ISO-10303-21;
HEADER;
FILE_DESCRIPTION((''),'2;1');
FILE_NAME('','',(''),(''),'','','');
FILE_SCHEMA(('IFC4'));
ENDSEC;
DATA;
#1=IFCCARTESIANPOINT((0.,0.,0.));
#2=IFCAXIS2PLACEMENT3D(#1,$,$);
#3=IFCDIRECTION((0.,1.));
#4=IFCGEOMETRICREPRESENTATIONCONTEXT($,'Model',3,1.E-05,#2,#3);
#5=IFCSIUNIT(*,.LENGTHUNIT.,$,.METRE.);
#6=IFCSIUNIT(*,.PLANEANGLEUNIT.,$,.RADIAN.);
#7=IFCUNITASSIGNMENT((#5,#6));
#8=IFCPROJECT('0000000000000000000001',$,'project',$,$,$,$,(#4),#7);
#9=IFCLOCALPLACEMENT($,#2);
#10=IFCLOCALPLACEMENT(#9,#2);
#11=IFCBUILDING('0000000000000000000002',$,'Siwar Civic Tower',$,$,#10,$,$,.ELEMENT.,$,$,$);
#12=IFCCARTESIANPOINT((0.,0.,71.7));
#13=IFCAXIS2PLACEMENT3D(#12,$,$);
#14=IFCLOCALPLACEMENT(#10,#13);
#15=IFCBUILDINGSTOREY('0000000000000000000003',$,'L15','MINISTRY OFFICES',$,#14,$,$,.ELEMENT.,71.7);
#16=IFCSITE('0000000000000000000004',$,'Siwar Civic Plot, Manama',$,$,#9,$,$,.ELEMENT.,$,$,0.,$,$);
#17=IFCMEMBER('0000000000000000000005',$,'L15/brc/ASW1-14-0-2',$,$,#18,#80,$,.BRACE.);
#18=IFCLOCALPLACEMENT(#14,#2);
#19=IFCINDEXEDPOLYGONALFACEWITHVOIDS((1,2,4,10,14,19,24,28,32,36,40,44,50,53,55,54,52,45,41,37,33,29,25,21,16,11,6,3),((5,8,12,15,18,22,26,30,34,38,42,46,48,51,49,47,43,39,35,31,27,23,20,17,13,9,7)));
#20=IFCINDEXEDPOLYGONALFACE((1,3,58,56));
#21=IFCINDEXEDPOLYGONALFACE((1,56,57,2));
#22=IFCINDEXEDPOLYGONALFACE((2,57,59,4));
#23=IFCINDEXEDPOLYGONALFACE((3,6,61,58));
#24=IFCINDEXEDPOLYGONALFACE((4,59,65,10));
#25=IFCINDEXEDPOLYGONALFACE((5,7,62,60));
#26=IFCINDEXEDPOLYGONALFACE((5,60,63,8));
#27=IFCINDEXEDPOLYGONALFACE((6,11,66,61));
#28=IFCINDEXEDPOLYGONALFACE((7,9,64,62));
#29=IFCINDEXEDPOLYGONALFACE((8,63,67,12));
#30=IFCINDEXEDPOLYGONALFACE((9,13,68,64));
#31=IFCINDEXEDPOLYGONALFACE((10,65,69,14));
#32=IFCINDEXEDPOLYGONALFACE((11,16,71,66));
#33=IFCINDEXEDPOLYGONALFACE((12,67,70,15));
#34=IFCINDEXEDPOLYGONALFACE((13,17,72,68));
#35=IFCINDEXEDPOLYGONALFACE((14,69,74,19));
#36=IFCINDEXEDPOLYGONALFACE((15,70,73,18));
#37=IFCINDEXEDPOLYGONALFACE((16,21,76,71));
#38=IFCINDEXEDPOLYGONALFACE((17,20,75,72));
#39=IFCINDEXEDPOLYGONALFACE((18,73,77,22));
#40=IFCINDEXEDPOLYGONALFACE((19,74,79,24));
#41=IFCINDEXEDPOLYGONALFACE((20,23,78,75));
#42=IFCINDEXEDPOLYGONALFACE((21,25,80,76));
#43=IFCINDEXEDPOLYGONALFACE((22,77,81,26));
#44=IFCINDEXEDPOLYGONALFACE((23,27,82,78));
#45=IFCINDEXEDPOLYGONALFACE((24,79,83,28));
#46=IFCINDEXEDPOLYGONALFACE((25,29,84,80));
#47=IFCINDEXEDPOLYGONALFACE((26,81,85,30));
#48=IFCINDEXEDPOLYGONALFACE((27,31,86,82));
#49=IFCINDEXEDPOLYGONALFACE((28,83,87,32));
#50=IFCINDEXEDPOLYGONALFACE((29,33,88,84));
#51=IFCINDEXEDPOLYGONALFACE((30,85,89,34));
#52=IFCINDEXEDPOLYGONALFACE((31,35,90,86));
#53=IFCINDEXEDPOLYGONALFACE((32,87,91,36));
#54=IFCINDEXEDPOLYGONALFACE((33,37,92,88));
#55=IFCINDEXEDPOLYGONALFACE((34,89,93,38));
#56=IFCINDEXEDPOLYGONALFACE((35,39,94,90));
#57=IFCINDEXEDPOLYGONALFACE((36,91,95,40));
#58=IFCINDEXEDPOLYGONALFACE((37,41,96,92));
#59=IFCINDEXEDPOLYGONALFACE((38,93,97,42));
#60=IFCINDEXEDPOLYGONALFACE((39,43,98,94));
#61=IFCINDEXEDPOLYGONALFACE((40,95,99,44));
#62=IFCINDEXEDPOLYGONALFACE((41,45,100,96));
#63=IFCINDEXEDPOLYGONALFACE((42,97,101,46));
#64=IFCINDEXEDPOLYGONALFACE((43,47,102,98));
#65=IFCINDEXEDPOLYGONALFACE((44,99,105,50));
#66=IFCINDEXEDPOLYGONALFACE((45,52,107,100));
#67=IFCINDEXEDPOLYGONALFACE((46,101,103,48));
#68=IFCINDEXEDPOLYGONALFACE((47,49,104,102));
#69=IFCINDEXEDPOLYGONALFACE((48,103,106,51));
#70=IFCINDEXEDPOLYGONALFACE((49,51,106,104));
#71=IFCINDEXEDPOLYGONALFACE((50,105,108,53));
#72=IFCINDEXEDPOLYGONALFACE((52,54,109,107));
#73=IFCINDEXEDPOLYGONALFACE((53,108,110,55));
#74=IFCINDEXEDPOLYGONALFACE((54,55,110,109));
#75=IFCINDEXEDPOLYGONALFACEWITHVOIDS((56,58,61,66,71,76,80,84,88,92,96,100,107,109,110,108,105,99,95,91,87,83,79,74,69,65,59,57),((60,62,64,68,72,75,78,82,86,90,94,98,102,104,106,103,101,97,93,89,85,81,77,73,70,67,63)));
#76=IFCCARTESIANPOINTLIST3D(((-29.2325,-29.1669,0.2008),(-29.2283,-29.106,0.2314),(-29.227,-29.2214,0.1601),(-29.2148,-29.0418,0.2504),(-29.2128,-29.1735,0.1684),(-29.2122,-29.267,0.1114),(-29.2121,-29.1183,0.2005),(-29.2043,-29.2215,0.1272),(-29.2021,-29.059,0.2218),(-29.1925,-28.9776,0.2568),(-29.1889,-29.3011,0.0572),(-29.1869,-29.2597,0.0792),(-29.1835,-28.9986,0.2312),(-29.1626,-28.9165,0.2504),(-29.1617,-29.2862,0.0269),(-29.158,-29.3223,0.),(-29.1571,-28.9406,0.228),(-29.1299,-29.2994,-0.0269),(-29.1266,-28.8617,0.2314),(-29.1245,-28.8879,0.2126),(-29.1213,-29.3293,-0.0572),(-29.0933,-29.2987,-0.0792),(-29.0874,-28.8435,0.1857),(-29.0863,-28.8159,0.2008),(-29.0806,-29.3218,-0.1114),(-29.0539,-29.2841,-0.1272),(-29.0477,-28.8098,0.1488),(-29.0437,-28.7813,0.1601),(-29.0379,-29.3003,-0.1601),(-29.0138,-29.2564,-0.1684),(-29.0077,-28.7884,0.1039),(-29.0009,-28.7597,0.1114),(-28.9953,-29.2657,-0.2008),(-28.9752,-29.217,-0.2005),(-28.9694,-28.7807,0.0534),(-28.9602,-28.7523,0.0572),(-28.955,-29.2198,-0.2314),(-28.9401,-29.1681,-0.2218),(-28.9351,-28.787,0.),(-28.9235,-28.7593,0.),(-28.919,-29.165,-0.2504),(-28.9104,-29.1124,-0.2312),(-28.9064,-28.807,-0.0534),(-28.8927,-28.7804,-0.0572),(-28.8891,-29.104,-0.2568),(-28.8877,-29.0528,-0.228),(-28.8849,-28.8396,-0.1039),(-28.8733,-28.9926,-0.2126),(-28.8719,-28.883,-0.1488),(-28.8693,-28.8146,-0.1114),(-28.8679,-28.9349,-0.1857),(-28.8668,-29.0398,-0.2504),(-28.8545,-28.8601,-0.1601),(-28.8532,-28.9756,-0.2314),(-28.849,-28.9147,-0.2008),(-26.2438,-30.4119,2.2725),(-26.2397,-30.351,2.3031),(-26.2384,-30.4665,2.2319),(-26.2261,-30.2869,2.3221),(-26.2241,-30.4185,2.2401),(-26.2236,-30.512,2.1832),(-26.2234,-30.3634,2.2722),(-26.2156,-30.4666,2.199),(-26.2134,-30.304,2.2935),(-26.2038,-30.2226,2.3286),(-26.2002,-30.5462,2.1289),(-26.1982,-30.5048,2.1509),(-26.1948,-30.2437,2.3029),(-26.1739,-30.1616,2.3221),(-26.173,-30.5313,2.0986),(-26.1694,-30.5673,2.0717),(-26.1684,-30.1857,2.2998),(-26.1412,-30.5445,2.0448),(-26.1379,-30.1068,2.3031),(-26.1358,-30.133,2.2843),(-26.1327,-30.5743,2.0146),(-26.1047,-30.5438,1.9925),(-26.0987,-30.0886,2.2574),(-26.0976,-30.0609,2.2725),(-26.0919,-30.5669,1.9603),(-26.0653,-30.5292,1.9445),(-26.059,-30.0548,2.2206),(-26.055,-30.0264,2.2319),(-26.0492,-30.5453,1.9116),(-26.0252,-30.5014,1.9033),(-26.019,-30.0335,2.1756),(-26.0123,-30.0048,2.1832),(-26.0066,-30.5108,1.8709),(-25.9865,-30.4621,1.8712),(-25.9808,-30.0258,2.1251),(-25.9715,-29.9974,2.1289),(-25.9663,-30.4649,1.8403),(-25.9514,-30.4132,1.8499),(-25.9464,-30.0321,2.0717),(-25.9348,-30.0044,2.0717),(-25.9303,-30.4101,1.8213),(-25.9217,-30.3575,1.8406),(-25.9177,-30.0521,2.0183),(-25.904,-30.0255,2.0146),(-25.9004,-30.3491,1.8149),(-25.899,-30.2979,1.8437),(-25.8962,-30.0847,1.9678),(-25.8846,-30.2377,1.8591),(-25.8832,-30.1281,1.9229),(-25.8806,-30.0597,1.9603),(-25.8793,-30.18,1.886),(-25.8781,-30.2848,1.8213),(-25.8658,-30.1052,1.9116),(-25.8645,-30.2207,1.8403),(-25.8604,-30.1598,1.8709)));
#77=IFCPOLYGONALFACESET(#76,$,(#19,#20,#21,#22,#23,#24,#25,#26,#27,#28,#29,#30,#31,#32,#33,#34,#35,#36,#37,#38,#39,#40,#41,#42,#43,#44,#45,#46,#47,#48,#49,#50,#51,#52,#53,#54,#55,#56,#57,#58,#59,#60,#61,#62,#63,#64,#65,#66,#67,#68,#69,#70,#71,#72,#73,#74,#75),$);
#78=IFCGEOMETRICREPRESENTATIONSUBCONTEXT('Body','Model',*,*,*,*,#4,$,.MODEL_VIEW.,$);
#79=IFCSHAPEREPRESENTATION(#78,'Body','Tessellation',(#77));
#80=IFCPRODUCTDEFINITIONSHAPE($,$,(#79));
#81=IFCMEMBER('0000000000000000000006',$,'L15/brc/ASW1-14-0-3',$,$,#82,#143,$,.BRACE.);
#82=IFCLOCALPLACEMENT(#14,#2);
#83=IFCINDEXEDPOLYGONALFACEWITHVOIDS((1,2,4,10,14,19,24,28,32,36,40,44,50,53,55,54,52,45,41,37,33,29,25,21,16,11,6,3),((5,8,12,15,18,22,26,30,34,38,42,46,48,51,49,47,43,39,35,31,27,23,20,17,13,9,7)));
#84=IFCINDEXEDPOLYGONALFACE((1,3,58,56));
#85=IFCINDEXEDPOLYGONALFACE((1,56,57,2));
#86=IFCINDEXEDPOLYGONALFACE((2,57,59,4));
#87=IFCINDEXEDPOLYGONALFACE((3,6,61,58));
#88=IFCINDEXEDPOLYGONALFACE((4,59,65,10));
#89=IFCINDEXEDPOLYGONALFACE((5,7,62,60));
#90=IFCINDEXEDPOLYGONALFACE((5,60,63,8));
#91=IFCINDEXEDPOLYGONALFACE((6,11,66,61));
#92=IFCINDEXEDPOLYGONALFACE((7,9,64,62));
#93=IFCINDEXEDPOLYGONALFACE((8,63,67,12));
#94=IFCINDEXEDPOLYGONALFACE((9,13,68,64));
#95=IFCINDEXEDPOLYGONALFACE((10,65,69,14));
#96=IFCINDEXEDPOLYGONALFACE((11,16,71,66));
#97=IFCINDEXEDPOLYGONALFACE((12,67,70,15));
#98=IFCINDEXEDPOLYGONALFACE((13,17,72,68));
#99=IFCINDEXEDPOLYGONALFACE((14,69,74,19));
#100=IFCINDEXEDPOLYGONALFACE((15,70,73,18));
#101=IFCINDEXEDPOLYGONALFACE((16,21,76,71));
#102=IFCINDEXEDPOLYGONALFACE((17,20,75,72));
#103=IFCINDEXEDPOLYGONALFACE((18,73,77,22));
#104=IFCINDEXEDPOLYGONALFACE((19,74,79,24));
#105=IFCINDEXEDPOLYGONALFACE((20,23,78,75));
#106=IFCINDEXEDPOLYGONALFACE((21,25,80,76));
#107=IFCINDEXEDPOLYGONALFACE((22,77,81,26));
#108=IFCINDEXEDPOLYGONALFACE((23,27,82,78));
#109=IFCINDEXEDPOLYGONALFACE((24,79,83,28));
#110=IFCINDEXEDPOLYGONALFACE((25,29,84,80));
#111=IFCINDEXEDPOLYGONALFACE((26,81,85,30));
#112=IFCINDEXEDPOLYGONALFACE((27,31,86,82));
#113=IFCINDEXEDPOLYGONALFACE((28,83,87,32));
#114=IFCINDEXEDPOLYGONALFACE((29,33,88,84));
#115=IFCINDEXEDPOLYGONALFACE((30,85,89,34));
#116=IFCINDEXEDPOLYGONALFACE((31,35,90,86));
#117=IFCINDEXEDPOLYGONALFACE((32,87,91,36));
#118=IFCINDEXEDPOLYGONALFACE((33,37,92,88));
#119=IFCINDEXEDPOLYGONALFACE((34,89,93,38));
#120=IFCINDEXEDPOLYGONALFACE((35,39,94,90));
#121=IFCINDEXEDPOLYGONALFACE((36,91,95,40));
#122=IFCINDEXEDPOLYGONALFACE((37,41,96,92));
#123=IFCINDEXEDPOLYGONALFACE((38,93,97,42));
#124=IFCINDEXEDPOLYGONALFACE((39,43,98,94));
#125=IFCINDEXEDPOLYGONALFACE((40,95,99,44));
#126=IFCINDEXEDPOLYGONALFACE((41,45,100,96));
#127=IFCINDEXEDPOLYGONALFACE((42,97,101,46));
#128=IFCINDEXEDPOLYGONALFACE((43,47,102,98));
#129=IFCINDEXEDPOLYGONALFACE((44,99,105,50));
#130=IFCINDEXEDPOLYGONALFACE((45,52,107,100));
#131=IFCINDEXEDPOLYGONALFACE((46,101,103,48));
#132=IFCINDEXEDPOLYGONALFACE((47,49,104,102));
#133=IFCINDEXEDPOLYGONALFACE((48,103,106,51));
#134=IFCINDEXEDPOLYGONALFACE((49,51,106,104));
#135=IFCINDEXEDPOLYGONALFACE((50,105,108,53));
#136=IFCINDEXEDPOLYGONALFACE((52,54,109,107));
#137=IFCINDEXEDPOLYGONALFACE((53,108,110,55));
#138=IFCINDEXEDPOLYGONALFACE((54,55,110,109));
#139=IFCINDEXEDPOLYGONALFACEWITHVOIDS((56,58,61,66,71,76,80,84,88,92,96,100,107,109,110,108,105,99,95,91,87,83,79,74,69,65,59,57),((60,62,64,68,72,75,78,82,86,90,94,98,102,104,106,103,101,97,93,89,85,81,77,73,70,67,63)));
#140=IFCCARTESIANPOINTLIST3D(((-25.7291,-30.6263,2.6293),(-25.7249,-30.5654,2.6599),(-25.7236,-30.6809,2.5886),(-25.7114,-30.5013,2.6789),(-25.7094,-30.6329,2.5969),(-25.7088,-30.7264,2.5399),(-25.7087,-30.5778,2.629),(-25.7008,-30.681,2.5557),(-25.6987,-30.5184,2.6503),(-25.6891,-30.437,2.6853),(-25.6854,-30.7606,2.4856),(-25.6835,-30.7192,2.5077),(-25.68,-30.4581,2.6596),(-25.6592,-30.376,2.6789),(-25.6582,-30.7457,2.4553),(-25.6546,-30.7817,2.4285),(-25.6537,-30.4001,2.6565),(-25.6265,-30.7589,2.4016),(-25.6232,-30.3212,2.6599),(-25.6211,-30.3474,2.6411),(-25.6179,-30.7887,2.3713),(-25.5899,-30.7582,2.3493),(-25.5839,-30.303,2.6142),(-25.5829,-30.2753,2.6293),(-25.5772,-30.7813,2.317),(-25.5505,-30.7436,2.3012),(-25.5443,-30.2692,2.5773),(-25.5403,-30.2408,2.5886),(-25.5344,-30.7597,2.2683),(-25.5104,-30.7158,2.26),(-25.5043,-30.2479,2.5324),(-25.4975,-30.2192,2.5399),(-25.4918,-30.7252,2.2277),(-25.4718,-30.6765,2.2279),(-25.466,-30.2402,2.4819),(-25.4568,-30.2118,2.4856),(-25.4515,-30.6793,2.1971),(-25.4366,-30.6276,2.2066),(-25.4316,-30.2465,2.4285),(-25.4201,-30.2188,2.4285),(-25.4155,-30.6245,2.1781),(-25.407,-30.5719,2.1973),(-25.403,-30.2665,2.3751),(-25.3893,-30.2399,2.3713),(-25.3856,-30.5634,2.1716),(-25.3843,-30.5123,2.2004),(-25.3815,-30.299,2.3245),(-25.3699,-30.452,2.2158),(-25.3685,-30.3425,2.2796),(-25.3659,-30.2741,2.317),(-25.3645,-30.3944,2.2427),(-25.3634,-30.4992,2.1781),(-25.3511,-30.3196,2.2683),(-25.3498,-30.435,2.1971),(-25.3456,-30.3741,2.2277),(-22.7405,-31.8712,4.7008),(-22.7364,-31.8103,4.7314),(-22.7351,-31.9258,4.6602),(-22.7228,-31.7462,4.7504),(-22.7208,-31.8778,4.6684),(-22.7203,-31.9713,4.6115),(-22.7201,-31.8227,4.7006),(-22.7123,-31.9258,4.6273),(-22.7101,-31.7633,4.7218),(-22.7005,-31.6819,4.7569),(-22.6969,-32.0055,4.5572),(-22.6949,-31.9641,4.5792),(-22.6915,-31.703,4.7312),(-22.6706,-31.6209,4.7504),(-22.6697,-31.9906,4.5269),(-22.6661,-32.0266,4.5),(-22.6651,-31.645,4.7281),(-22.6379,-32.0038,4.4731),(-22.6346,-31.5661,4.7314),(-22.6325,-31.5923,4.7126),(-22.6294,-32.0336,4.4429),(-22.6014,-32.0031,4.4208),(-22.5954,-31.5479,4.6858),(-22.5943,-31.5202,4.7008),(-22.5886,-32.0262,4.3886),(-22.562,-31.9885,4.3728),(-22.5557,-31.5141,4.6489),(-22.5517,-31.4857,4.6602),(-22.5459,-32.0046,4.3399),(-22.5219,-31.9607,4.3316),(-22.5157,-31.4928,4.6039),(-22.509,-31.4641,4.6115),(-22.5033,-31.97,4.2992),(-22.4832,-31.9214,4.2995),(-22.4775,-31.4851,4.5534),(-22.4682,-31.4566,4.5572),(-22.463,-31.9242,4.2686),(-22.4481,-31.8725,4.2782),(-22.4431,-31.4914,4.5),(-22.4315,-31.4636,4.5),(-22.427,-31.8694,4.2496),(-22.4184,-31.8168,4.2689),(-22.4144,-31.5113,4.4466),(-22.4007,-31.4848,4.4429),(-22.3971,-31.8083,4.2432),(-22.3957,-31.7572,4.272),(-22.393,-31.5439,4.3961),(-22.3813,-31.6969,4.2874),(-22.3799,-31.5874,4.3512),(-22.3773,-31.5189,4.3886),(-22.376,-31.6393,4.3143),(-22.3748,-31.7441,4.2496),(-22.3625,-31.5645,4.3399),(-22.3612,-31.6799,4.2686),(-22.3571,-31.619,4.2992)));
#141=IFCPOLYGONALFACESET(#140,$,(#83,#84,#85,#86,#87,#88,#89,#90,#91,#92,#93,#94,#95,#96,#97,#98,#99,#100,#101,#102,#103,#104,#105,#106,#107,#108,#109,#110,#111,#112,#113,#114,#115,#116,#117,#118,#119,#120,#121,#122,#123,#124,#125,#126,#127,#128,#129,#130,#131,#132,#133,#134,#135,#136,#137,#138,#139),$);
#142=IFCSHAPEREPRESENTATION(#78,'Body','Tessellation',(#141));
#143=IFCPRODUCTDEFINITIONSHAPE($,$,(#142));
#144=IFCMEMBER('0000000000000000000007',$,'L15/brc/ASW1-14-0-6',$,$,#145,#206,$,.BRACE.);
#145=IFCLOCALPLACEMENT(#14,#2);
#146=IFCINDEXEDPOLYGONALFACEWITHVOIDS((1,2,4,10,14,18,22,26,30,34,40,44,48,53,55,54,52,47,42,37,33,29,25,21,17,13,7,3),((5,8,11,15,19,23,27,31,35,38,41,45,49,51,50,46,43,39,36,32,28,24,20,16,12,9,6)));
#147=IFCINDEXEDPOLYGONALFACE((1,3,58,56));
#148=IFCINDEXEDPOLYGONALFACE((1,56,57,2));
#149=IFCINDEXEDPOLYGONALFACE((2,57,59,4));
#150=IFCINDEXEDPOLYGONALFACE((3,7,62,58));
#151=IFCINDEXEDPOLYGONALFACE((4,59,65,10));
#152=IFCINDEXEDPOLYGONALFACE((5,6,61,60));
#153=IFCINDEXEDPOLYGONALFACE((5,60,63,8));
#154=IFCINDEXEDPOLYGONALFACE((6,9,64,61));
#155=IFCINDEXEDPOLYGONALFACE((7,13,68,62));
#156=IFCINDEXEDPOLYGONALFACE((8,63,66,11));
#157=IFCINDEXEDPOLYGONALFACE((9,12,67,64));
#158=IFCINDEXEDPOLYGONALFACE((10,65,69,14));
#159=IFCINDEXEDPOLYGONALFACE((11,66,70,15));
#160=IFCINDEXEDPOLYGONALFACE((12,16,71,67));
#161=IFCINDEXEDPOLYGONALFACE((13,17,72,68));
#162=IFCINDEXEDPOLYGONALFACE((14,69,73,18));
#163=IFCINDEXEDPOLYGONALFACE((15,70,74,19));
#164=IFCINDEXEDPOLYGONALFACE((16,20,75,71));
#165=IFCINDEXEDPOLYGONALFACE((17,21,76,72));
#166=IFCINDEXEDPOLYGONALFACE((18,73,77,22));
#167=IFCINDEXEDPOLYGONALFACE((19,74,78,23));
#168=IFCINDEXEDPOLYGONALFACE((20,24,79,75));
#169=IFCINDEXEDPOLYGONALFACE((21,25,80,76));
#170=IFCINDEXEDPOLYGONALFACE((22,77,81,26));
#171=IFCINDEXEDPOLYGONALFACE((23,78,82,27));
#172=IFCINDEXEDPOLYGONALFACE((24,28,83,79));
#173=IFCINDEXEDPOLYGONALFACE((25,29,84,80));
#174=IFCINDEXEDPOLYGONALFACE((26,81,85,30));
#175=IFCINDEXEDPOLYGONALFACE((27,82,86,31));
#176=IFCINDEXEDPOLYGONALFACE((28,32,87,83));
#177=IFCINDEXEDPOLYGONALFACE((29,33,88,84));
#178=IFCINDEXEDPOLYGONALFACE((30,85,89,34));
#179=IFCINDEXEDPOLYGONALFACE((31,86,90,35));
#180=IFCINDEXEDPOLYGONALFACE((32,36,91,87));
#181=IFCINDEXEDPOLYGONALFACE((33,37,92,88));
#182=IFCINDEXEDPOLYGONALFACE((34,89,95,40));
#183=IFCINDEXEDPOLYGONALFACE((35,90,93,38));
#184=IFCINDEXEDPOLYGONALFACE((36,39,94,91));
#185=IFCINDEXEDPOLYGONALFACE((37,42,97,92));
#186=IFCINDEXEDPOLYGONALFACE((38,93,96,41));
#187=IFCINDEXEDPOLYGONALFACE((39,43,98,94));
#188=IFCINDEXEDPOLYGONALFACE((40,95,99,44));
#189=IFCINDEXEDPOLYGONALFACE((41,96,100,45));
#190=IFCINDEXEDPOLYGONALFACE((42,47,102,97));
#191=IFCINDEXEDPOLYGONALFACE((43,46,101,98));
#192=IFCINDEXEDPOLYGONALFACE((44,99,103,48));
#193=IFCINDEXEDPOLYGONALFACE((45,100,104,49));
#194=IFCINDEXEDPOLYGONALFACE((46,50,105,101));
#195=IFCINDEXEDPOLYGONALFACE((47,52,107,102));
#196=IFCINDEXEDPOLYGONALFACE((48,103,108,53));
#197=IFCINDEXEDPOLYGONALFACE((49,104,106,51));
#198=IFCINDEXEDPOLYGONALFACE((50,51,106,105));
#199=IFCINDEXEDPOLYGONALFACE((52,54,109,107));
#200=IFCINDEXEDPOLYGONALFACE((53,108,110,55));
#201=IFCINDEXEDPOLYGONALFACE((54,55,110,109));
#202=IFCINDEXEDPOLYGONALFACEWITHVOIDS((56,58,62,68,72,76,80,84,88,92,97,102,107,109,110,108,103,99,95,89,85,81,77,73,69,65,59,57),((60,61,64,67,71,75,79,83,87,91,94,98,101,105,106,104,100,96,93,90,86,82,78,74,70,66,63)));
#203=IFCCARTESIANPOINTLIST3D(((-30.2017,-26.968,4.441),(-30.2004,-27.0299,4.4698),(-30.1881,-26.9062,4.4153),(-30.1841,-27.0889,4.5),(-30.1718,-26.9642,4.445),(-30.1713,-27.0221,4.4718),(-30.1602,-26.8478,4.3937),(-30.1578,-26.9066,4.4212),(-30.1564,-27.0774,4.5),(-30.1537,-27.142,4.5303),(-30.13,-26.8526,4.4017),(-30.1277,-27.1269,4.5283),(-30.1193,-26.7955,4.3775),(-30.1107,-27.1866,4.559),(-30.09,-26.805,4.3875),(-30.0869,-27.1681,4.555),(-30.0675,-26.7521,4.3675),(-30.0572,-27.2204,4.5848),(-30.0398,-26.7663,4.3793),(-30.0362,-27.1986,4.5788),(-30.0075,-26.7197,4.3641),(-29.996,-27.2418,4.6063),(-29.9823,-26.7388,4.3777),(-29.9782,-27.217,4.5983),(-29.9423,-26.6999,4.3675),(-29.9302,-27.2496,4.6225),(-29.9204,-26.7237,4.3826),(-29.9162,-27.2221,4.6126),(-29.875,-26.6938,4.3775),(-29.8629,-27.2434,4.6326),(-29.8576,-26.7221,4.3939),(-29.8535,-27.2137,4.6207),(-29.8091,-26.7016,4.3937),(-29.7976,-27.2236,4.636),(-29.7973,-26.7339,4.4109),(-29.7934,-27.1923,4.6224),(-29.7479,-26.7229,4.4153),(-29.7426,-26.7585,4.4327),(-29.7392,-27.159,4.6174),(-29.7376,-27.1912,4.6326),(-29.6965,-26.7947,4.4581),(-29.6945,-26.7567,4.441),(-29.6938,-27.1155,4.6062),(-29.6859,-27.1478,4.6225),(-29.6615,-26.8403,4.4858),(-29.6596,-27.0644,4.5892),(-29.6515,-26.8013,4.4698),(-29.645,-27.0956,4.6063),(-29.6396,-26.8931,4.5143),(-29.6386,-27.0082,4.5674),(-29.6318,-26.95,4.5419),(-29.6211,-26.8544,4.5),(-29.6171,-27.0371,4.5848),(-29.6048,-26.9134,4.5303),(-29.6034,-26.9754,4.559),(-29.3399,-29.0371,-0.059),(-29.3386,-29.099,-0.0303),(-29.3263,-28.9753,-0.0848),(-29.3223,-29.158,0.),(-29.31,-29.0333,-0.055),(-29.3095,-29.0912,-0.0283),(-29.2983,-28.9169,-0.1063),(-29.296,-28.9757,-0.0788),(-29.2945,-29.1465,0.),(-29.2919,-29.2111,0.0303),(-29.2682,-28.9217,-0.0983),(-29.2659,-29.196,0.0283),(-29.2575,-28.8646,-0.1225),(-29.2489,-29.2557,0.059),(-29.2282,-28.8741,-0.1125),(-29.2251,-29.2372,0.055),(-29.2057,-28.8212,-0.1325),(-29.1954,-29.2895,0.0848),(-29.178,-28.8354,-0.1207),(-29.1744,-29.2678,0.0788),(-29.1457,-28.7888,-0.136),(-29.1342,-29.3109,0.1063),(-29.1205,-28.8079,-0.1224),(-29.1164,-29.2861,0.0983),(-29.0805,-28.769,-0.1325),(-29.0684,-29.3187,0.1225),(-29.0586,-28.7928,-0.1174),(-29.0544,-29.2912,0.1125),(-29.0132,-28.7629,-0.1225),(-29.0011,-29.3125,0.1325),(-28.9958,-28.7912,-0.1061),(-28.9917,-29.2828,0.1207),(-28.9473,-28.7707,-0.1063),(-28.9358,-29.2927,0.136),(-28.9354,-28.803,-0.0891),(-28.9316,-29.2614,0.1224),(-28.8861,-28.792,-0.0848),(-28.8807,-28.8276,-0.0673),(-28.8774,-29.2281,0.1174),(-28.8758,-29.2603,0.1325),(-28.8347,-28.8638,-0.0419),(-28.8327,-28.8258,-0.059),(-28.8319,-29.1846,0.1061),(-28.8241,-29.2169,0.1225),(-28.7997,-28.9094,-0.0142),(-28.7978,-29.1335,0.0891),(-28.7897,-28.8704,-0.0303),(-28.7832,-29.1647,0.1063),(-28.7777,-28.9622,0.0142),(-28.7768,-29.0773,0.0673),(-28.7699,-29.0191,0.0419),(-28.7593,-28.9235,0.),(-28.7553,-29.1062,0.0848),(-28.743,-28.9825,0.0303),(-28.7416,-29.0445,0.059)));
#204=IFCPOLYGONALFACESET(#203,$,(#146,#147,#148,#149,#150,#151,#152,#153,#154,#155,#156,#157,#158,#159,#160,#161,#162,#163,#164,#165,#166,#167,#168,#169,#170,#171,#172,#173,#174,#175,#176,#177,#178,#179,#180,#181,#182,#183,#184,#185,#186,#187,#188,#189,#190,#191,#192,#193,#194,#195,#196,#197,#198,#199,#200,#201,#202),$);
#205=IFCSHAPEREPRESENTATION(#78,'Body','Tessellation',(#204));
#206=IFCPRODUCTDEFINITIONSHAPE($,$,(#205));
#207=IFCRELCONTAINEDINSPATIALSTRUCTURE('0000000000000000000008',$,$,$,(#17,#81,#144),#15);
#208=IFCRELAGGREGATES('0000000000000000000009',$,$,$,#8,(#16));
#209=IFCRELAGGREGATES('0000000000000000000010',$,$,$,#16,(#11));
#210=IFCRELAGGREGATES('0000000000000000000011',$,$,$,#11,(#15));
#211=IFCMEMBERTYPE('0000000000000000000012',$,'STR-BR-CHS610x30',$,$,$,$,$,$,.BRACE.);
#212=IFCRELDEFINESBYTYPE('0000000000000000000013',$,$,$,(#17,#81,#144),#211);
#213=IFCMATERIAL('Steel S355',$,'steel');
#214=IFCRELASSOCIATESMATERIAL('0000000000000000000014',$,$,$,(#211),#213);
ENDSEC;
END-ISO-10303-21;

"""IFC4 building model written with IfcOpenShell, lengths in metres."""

from ifc_helpers import new_model, si_unit, direction, frame, origin, origin_2d, place, context, subcontext, project, spatial, hollow_circle, extrude, material, material_profile, profile_set, type_object, element, save


model = new_model("IFC4")

# Units and contexts
model_context = context("Model", 3, precision=1e-05, world=origin(), true_north=direction((0.0, 1.0)))
body_context = subcontext(model_context, "Body", "Model", "MODEL_VIEW")
ifc_project = project(units=[si_unit("LENGTHUNIT", "METRE"), si_unit("PLANEANGLEUNIT", "RADIAN")], contexts=[model_context])

# Site, building, storey
site_placement = place(None, origin())
site = spatial("IfcSite", under=ifc_project, at=site_placement, Name="Siwar Civic Plot, Manama", CompositionType="ELEMENT", RefElevation=0.0)
building_placement = place(site_placement, origin())
building = spatial("IfcBuilding", under=site, at=building_placement, Name="Siwar Civic Tower", CompositionType="ELEMENT")
storey_placement = place(building_placement, frame((0.0, 0.0, 71.7)))
storey = spatial("IfcBuildingStorey", under=building, at=storey_placement, Name="L15", Description="MINISTRY OFFICES", CompositionType="ELEMENT", Elevation=71.7)

# Members
ifc_material_1 = material(Name="Steel S355", Category="steel")
ifc_material_profile_1 = material_profile(ifc_material_1, hollow_circle(Radius=0.3049, WallThickness=0.03, at=origin_2d()), Name="CHS610x30")
ifc_profile_set_1 = profile_set([ifc_material_profile_1], Name="Steel S355")
member_type_1 = type_object("IfcMemberType", Name="STR-BR-CHS610x30", PredefinedType="BRACE", material=ifc_profile_set_1)
member_1_placement = place(storey_placement, frame((-29.0408, -29.0408, 0.0), z_axis=(0.777542, -0.323923, 0.538982), x_axis=(0.384562, 0.923099, 0.0)))
element("IfcMember", 1, at=member_1_placement, inside=storey, type_object=member_type_1, Name="L15/brc/ASW1-14-0-2", PredefinedType="BRACE", context=body_context, shape_type="SweptSolid", body=[
    extrude(hollow_circle(Radius=0.3049, WallThickness=0.03, at=origin_2d()), origin(), (0.0, 0.0, 1.0), 3.8438),
])
member_2_placement = place(storey_placement, frame((-25.5374, -30.5002, 2.4285), z_axis=(0.77756, -0.323893, 0.538975), x_axis=(0.384524, 0.923115, 0.0)))
element("IfcMember", 2, at=member_2_placement, inside=storey, type_object=member_type_1, Name="L15/brc/ASW1-14-0-3", PredefinedType="BRACE", context=body_context, shape_type="SweptSolid", body=[
    extrude(hollow_circle(Radius=0.3049, WallThickness=0.03, at=origin_2d()), origin(), (0.0, 0.0, 1.0), 3.8435),
])
member_3_placement = place(storey_placement, frame((-29.0408, -29.0408, 0.0), z_axis=(-0.171427, 0.41157, 0.895111), x_axis=(-0.923125, -0.384499, 0.0)))
element("IfcMember", 3, at=member_3_placement, inside=storey, type_object=member_type_1, Name="L15/brc/ASW1-14-0-6", PredefinedType="BRACE", context=body_context, shape_type="SweptSolid", body=[
    extrude(hollow_circle(Radius=0.3049, WallThickness=0.03, at=origin_2d()), origin(), (0.0, 0.0, 1.0), 5.0273),
])

save(model, "model.ifc")
